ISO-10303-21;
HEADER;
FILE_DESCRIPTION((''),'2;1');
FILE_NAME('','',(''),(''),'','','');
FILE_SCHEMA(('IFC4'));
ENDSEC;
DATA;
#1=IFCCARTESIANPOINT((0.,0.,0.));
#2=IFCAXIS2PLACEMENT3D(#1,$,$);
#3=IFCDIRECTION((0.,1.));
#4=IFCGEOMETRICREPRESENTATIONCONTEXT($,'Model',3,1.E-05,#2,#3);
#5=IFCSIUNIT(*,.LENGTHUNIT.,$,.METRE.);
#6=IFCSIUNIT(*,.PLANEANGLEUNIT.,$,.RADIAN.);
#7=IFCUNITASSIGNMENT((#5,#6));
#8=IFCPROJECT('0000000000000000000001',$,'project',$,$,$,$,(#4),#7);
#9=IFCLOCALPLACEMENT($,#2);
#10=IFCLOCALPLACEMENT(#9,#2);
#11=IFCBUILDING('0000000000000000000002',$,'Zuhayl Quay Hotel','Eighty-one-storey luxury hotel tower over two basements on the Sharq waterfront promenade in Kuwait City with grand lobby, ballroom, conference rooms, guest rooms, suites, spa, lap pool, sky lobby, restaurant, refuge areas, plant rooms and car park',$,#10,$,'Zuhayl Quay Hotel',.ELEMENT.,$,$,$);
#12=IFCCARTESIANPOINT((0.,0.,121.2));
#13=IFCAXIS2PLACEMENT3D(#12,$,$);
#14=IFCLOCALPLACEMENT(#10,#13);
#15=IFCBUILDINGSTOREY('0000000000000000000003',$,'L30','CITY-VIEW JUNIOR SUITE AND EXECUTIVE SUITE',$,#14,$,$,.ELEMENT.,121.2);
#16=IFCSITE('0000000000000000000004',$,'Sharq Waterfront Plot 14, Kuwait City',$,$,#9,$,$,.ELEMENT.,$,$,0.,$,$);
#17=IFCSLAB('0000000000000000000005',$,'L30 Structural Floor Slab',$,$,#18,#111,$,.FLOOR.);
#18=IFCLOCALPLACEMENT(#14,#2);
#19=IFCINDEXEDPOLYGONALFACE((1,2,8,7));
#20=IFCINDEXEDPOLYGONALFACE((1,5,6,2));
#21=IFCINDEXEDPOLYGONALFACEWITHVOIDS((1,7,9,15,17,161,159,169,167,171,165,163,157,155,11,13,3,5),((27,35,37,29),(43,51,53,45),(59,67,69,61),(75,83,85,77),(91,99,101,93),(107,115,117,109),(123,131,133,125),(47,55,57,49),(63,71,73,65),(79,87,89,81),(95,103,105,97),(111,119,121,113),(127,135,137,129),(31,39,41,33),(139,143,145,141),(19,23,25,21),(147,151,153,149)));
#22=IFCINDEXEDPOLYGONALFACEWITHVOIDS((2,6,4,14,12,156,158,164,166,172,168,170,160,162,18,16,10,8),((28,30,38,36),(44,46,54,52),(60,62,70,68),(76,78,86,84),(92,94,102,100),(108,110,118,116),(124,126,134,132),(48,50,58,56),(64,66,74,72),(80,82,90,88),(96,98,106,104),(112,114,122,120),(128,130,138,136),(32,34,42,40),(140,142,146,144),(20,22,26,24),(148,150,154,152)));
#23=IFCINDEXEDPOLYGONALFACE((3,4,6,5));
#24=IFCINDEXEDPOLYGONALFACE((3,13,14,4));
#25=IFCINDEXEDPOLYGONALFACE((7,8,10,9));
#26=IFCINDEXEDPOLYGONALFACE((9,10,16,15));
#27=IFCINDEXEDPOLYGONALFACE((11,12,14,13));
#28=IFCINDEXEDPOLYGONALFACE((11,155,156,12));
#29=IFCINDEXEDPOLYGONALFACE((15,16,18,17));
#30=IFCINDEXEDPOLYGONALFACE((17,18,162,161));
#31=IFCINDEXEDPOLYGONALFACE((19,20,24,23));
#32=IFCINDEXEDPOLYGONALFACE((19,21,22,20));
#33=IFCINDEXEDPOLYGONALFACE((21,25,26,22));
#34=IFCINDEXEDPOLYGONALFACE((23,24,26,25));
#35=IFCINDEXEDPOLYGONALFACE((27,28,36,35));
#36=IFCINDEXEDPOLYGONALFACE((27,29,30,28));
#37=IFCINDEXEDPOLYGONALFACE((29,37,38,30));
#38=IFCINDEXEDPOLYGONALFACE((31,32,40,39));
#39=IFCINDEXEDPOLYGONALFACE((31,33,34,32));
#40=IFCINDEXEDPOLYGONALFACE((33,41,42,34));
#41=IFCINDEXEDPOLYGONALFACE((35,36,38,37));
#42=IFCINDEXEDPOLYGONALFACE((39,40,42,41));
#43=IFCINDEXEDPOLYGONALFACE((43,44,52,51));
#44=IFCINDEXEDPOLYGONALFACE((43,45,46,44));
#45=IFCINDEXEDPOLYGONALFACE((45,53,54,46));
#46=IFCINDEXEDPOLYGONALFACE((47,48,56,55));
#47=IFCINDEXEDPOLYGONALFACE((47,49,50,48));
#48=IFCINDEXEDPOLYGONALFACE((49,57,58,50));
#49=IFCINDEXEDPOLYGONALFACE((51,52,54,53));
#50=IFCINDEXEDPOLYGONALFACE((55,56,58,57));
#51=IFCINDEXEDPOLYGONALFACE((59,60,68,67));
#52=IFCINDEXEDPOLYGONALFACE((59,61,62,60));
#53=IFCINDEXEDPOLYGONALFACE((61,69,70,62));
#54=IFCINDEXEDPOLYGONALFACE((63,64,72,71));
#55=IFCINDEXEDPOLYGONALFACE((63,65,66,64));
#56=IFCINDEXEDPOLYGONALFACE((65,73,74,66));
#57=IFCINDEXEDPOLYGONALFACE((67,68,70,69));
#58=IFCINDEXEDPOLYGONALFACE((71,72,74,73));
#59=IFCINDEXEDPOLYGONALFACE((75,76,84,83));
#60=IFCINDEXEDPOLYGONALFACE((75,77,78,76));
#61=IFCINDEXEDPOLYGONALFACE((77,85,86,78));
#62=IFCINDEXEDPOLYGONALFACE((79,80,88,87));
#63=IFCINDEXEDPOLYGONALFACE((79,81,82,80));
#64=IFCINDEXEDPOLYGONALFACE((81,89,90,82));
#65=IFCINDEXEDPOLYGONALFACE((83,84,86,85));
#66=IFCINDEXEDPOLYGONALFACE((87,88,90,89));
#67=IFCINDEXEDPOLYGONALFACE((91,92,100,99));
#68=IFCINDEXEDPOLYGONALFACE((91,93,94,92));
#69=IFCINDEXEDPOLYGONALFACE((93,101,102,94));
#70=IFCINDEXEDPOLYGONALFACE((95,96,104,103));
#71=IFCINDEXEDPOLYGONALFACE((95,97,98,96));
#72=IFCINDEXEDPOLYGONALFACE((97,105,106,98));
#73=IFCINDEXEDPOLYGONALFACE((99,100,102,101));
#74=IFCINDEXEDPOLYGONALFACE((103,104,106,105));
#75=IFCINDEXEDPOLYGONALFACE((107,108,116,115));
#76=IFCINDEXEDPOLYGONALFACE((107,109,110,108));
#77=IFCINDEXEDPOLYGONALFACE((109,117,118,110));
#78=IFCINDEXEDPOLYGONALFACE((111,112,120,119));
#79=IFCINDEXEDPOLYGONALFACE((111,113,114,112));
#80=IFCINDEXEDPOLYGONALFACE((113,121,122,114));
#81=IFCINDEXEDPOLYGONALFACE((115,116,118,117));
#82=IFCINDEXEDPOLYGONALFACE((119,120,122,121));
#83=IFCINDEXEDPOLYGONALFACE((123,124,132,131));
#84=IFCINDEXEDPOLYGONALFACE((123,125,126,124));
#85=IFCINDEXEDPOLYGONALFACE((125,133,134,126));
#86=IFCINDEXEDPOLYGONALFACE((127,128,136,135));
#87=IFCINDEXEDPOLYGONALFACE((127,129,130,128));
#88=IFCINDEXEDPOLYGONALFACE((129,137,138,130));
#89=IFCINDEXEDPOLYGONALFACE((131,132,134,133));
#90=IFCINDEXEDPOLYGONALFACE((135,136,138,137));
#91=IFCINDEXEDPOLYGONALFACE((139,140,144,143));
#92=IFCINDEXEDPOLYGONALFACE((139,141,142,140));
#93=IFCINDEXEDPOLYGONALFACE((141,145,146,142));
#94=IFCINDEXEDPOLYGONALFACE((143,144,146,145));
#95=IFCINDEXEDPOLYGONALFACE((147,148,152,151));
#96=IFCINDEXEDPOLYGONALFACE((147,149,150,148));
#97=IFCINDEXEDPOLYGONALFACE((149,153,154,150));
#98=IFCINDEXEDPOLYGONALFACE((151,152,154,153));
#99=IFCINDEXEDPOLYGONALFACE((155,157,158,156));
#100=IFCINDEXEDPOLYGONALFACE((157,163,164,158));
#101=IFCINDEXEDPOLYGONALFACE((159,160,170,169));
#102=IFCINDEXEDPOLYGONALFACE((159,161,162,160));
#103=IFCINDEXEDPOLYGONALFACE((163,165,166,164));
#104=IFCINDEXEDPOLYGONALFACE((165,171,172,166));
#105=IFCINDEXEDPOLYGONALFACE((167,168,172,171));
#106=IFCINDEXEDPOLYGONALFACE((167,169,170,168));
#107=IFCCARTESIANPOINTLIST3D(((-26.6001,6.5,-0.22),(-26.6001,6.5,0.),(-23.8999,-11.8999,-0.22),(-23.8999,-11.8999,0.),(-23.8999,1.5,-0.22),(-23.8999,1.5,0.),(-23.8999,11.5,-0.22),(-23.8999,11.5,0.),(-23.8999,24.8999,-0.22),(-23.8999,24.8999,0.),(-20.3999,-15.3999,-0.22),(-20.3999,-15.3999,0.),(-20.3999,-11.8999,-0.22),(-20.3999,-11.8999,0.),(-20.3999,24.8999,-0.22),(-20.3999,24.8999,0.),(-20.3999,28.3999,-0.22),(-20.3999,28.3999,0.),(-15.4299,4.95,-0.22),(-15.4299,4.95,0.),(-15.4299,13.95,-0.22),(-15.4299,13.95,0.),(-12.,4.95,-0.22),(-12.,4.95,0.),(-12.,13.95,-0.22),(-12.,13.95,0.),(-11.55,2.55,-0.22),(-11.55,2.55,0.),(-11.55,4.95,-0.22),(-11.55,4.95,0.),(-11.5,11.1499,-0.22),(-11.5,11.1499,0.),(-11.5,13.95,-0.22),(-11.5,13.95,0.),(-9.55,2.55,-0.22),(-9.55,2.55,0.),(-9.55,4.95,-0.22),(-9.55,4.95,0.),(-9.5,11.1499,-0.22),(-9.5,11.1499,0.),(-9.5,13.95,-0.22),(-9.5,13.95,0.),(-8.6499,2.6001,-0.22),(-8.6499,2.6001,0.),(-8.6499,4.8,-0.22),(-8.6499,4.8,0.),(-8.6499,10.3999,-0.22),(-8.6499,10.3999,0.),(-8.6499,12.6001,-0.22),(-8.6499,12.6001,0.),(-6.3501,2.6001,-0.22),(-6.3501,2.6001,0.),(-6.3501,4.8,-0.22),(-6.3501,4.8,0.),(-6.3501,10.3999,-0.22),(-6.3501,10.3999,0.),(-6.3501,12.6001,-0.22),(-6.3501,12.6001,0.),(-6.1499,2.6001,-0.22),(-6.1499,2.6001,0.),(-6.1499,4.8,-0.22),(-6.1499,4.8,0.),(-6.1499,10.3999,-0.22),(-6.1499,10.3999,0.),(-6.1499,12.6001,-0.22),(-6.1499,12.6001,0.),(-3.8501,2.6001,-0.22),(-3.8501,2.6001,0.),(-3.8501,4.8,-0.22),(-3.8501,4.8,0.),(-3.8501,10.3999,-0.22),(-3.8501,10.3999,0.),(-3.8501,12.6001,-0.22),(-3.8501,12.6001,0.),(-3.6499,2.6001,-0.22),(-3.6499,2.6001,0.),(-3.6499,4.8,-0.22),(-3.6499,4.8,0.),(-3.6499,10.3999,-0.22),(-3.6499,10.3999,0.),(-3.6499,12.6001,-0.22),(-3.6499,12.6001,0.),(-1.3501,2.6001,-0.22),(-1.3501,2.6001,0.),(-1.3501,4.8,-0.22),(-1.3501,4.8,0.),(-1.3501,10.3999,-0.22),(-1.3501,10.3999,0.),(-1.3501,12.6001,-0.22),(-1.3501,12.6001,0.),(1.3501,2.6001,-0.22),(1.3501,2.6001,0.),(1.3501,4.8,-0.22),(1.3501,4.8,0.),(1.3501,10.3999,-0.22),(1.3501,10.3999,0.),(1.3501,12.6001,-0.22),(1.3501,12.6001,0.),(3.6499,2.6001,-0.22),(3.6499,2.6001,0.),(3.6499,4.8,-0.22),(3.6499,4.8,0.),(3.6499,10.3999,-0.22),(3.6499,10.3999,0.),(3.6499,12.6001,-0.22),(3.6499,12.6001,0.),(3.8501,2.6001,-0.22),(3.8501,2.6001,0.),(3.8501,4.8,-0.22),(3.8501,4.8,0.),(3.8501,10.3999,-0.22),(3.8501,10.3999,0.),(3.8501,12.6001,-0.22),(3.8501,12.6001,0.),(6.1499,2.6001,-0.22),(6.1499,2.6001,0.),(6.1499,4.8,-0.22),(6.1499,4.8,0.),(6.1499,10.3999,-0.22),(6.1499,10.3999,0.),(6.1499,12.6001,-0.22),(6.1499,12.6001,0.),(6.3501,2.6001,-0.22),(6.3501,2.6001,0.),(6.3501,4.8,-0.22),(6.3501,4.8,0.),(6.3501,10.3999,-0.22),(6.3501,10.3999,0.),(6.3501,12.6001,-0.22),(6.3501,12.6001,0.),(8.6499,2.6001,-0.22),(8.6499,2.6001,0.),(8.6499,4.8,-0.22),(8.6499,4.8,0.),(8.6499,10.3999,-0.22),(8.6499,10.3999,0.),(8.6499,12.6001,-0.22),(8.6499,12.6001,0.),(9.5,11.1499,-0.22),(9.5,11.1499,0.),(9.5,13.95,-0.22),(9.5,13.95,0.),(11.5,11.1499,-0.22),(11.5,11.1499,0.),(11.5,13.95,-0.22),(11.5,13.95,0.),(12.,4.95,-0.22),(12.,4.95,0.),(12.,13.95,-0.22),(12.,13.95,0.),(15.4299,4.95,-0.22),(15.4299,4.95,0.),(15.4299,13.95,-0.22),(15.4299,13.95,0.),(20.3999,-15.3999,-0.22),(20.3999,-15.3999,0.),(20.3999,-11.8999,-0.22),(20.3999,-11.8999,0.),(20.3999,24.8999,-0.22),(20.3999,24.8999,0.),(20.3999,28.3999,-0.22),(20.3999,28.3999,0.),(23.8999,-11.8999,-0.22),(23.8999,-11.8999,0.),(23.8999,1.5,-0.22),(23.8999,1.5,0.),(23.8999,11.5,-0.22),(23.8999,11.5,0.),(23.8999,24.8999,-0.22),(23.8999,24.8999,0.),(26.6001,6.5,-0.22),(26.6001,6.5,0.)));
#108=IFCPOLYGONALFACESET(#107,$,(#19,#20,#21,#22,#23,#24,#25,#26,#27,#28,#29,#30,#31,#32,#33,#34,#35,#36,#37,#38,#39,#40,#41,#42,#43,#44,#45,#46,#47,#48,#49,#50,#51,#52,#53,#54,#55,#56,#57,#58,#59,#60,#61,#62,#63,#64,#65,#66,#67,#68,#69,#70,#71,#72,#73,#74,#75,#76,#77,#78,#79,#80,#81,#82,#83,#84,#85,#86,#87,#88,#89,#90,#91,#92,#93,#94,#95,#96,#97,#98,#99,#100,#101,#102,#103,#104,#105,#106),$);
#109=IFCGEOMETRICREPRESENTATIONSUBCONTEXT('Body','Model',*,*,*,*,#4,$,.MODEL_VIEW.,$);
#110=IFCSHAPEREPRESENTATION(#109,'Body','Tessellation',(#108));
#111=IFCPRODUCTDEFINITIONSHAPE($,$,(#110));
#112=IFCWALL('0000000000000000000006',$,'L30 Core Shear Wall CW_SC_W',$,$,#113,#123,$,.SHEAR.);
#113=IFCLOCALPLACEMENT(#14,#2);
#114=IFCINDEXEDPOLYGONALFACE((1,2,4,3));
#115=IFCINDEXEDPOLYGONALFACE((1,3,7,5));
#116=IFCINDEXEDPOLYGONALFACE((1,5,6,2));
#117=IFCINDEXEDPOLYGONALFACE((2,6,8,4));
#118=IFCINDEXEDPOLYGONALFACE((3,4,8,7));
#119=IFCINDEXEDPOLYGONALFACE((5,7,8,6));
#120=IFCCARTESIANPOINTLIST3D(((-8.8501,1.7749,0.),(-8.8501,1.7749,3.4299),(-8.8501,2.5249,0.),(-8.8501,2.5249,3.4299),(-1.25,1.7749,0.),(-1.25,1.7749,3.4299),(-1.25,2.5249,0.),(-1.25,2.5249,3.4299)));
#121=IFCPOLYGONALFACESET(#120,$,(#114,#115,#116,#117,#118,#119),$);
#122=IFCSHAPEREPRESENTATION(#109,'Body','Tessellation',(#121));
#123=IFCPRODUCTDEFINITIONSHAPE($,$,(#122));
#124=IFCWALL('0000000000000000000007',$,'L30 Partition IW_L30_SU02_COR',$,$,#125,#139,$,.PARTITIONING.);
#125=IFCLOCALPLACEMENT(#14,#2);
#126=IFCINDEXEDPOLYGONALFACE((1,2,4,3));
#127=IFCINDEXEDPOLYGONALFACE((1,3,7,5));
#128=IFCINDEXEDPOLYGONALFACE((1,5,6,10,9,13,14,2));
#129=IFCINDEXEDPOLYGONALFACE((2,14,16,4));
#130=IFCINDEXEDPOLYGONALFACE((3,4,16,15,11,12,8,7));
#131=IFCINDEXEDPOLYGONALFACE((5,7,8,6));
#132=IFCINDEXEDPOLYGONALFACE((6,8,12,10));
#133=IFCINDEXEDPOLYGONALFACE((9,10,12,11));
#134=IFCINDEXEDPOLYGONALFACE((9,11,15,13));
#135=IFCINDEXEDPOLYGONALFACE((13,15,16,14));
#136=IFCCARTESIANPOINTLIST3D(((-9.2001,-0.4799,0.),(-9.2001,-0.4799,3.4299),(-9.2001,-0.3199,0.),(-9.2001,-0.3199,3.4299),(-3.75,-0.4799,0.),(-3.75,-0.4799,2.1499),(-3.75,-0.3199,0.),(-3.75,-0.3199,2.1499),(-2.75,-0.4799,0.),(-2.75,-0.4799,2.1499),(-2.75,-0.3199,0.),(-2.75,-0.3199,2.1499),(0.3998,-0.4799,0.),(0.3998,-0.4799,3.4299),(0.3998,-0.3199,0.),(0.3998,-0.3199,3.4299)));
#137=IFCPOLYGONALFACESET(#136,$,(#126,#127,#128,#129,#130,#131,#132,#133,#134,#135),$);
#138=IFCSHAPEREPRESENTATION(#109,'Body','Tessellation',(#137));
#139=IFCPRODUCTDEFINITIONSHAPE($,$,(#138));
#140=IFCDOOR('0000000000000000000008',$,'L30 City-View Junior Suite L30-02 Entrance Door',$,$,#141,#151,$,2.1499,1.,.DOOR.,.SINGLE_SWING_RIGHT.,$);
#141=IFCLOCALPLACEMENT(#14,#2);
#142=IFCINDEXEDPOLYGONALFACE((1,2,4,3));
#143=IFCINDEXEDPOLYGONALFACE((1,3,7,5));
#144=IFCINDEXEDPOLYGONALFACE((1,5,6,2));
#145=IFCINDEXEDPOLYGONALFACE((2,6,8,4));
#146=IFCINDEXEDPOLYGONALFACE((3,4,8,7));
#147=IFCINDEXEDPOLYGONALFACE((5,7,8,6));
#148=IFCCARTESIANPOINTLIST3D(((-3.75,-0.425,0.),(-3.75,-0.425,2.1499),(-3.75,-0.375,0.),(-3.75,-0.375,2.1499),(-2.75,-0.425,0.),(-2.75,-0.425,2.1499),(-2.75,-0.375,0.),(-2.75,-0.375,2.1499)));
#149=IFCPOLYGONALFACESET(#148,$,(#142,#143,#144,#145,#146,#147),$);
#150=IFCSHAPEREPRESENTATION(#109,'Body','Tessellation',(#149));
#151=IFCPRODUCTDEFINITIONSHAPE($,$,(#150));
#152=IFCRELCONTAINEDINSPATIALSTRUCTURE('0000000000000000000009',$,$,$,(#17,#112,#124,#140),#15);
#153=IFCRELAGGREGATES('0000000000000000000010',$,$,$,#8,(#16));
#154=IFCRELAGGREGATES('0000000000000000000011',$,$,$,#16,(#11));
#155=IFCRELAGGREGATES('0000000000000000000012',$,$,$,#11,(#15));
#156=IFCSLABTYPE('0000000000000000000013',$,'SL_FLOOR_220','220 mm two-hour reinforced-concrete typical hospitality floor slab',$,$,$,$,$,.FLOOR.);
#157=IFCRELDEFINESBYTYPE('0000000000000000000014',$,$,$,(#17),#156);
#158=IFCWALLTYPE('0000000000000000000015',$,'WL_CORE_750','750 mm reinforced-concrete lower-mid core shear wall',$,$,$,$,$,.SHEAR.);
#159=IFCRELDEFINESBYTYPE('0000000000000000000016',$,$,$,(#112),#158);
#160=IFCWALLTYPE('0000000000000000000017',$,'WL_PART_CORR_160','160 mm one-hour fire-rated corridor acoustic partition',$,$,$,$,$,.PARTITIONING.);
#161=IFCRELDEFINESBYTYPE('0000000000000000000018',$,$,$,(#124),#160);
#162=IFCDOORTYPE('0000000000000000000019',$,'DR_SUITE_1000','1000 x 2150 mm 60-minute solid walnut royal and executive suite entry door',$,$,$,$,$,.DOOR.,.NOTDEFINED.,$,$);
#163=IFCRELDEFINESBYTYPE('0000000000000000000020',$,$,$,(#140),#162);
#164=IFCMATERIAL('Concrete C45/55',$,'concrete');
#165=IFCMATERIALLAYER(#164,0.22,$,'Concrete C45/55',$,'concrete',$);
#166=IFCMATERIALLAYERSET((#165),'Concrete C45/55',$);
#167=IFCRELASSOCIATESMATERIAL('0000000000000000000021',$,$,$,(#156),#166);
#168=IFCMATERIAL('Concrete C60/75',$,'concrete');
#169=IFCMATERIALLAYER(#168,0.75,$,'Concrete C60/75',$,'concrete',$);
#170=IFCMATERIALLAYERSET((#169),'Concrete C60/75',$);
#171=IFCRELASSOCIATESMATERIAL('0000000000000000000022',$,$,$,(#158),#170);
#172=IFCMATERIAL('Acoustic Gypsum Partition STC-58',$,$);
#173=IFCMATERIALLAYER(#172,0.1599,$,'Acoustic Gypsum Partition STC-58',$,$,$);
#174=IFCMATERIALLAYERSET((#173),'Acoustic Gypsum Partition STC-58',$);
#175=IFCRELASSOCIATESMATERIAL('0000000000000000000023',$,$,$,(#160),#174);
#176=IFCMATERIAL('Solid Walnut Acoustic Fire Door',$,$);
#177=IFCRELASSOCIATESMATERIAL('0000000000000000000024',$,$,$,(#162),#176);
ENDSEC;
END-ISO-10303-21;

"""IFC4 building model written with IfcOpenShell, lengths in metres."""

from ifc_helpers import new_model, si_unit, direction, frame, frame_2d, origin, place, context, subcontext, project, spatial, polyline, rectangle, outline, extrude, material, layer, layer_set, type_object, element, fill, save


model = new_model("IFC4")

# Units and contexts
model_context = context("Model", 3, precision=1e-05, world=origin(), true_north=direction((0.0, 1.0)))
body_context = subcontext(model_context, "Body", "Model", "MODEL_VIEW")
ifc_project = project(units=[si_unit("LENGTHUNIT", "METRE"), si_unit("PLANEANGLEUNIT", "RADIAN")], contexts=[model_context])

# Site, building, storey
site_placement = place(None, origin())
site = spatial("IfcSite", under=ifc_project, at=site_placement, Name="Sharq Waterfront Plot 14, Kuwait City", CompositionType="ELEMENT", RefElevation=0.0)
building_placement = place(site_placement, origin())
building = spatial("IfcBuilding", under=site, at=building_placement, Name="Zuhayl Quay Hotel", Description="Eighty-one-storey luxury hotel tower over two basements on the Sharq waterfront promenade in Kuwait City with grand lobby, ballroom, conference rooms, guest rooms, suites, spa, lap pool, sky lobby, restaurant, refuge areas, plant rooms and car park", LongName="Zuhayl Quay Hotel", CompositionType="ELEMENT")
storey_placement = place(building_placement, frame((0.0, 0.0, 121.2)))
storey = spatial("IfcBuildingStorey", under=building, at=storey_placement, Name="L30", Description="CITY-VIEW JUNIOR SUITE AND EXECUTIVE SUITE", CompositionType="ELEMENT", Elevation=121.2)

# Shared definitions
ifc_material_1 = material(Name="Concrete C60/75", Category="concrete")

# Slab
ifc_material_2 = material(Name="Concrete C45/55", Category="concrete")
ifc_layer_1 = layer(ifc_material_2, 0.22, Name="Concrete C45/55", Category="concrete")
ifc_layer_set_1 = layer_set([ifc_layer_1], Name="Concrete C45/55")
slab_type_1 = type_object("IfcSlabType", Name="SL_FLOOR_220", Description="220 mm two-hour reinforced-concrete typical hospitality floor slab", PredefinedType="FLOOR", material=ifc_layer_set_1)
slab_1_placement = place(storey_placement, frame((0.0, 0.0, -0.22)))
element("IfcSlab", 1, at=slab_1_placement, inside=storey, type_object=slab_type_1, Name="L30 Structural Floor Slab", PredefinedType="FLOOR", context=body_context, shape_type="SweptSolid", body=[
    extrude(outline(polyline([(-20.3999, -15.3999), (20.3999, -15.3999), (20.3999, -11.8999), (23.8999, -11.8999), (23.8999, 1.5), (26.6001, 6.5), (23.8999, 11.5), (23.8999, 24.8999), (20.3999, 24.8999), (20.3999, 28.3999), (-20.3999, 28.3999), (-20.3999, 24.8999), (-23.8999, 24.8999), (-23.8999, 11.5), (-26.6001, 6.5), (-23.8999, 1.5), (-23.8999, -11.8999), (-20.3999, -11.8999), (-20.3999, -15.3999)]), holes=[polyline([(-12.0, 4.95), (-12.0, 13.95), (-15.4299, 13.95), (-15.4299, 4.95), (-12.0, 4.95)]), polyline([(15.4299, 4.95), (15.4299, 13.95), (12.0, 13.95), (12.0, 4.95), (15.4299, 4.95)]), polyline([(-11.5, 11.1499), (-9.5, 11.1499), (-9.5, 13.95), (-11.5, 13.95), (-11.5, 11.1499)]), polyline([(9.5, 11.1499), (11.5, 11.1499), (11.5, 13.95), (9.5, 13.95), (9.5, 11.1499)]), polyline([(-8.6499, 2.6001), (-6.3501, 2.6001), (-6.3501, 4.8), (-8.6499, 4.8), (-8.6499, 2.6001)]), polyline([(-6.1499, 2.6001), (-3.8501, 2.6001), (-3.8501, 4.8), (-6.1499, 4.8), (-6.1499, 2.6001)]), polyline([(-8.6499, 10.3999), (-6.3501, 10.3999), (-6.3501, 12.6001), (-8.6499, 12.6001), (-8.6499, 10.3999)]), polyline([(-6.1499, 10.3999), (-3.8501, 10.3999), (-3.8501, 12.6001), (-6.1499, 12.6001), (-6.1499, 10.3999)]), polyline([(-3.6499, 2.6001), (-1.3501, 2.6001), (-1.3501, 4.8), (-3.6499, 4.8), (-3.6499, 2.6001)]), polyline([(1.3501, 2.6001), (3.6499, 2.6001), (3.6499, 4.8), (1.3501, 4.8), (1.3501, 2.6001)]), polyline([(-3.6499, 10.3999), (-1.3501, 10.3999), (-1.3501, 12.6001), (-3.6499, 12.6001), (-3.6499, 10.3999)]), polyline([(1.3501, 10.3999), (3.6499, 10.3999), (3.6499, 12.6001), (1.3501, 12.6001), (1.3501, 10.3999)]), polyline([(3.8501, 2.6001), (6.1499, 2.6001), (6.1499, 4.8), (3.8501, 4.8), (3.8501, 2.6001)]), polyline([(6.3501, 2.6001), (8.6499, 2.6001), (8.6499, 4.8), (6.3501, 4.8), (6.3501, 2.6001)]), polyline([(3.8501, 10.3999), (6.1499, 10.3999), (6.1499, 12.6001), (3.8501, 12.6001), (3.8501, 10.3999)]), polyline([(6.3501, 10.3999), (8.6499, 10.3999), (8.6499, 12.6001), (6.3501, 12.6001), (6.3501, 10.3999)]), polyline([(-11.55, 2.55), (-9.55, 2.55), (-9.55, 4.95), (-11.55, 4.95), (-11.55, 2.55)])]), origin(), (0.0, 0.0, 1.0), 0.22),
])

# Wall
ifc_layer_2 = layer(ifc_material_1, 0.75, Name="Concrete C60/75", Category="concrete")
ifc_layer_set_2 = layer_set([ifc_layer_2], Name="Concrete C60/75")
wall_type_1 = type_object("IfcWallType", Name="WL_CORE_750", Description="750 mm reinforced-concrete lower-mid core shear wall", PredefinedType="SHEAR", material=ifc_layer_set_2)
wall_1_placement = place(storey_placement, frame((-8.8501, 2.1499, 0.0), z_axis=(0.0, 0.0, 1.0), x_axis=(1.0, 0.0, 0.0)))
element("IfcWall", 2, at=wall_1_placement, inside=storey, type_object=wall_type_1, Name="L30 Core Shear Wall CW_SC_W", PredefinedType="SHEAR", context=body_context, shape_type="SweptSolid", body=[
    extrude(rectangle(XDim=7.6001, YDim=0.75, at=frame_2d((3.8, 0.0))), origin(), (0.0, 0.0, 1.0), 3.4299),
])

# Wall, opening, door
ifc_material_3 = material(Name="Acoustic Gypsum Partition STC-58")
ifc_layer_3 = layer(ifc_material_3, 0.1599, Name="Acoustic Gypsum Partition STC-58")
ifc_layer_set_3 = layer_set([ifc_layer_3], Name="Acoustic Gypsum Partition STC-58")
wall_type_2 = type_object("IfcWallType", Name="WL_PART_CORR_160", Description="160 mm one-hour fire-rated corridor acoustic partition", PredefinedType="PARTITIONING", material=ifc_layer_set_3)
wall_2_placement = place(storey_placement, frame((-9.2, -0.3999, 0.0), z_axis=(0.0, 0.0, 1.0), x_axis=(1.0, 0.0, 0.0)))
wall_2 = element("IfcWall", 3, at=wall_2_placement, inside=storey, type_object=wall_type_2, Name="L30 Partition IW_L30_SU02_COR", PredefinedType="PARTITIONING", context=body_context, shape_type="SweptSolid", body=[
    extrude(rectangle(XDim=9.5999, YDim=0.1599, at=frame_2d((4.7998, 0.0))), origin(), (0.0, 0.0, 1.0), 3.4299),
])
opening_1_placement = place(wall_2_placement, frame((5.45, 0.0, 0.0)))
opening_1 = element("IfcOpeningElement", 4, at=opening_1_placement, cuts=wall_2, PredefinedType="OPENING", context=body_context, shape_type="SweptSolid", body=[
    extrude(rectangle(XDim=1.0, YDim=2.1499, at=frame_2d((0.5, 1.075))), frame((0.0, 0.0898, 0.0), z_axis=(0.0, -1.0, 0.0), x_axis=(1.0, 0.0, 0.0)), (0.0, 0.0, 1.0), 0.1799),
])
ifc_material_4 = material(Name="Solid Walnut Acoustic Fire Door")
door_type_1 = type_object("IfcDoorType", Name="DR_SUITE_1000", Description="1000 x 2150 mm 60-minute solid walnut royal and executive suite entry door", OperationType="NOTDEFINED", PredefinedType="DOOR", material=ifc_material_4)
door_1_placement = place(opening_1_placement, origin())
door_1 = element("IfcDoor", 5, at=door_1_placement, inside=storey, type_object=door_type_1, Name="L30 City-View Junior Suite L30-02 Entrance Door", OperationType="SINGLE_SWING_RIGHT", OverallHeight=2.1499, OverallWidth=1.0, PredefinedType="DOOR", context=body_context, shape_type="SweptSolid", body=[
    extrude(rectangle(XDim=1.0, YDim=2.1499, at=frame_2d((0.5, 1.075))), frame((0.0, 0.0249, 0.0), z_axis=(0.0, -1.0, 0.0), x_axis=(1.0, 0.0, 0.0)), (0.0, 0.0, 1.0), 0.05),
])
fill(opening_1, door_1)

save(model, "model.ifc")
